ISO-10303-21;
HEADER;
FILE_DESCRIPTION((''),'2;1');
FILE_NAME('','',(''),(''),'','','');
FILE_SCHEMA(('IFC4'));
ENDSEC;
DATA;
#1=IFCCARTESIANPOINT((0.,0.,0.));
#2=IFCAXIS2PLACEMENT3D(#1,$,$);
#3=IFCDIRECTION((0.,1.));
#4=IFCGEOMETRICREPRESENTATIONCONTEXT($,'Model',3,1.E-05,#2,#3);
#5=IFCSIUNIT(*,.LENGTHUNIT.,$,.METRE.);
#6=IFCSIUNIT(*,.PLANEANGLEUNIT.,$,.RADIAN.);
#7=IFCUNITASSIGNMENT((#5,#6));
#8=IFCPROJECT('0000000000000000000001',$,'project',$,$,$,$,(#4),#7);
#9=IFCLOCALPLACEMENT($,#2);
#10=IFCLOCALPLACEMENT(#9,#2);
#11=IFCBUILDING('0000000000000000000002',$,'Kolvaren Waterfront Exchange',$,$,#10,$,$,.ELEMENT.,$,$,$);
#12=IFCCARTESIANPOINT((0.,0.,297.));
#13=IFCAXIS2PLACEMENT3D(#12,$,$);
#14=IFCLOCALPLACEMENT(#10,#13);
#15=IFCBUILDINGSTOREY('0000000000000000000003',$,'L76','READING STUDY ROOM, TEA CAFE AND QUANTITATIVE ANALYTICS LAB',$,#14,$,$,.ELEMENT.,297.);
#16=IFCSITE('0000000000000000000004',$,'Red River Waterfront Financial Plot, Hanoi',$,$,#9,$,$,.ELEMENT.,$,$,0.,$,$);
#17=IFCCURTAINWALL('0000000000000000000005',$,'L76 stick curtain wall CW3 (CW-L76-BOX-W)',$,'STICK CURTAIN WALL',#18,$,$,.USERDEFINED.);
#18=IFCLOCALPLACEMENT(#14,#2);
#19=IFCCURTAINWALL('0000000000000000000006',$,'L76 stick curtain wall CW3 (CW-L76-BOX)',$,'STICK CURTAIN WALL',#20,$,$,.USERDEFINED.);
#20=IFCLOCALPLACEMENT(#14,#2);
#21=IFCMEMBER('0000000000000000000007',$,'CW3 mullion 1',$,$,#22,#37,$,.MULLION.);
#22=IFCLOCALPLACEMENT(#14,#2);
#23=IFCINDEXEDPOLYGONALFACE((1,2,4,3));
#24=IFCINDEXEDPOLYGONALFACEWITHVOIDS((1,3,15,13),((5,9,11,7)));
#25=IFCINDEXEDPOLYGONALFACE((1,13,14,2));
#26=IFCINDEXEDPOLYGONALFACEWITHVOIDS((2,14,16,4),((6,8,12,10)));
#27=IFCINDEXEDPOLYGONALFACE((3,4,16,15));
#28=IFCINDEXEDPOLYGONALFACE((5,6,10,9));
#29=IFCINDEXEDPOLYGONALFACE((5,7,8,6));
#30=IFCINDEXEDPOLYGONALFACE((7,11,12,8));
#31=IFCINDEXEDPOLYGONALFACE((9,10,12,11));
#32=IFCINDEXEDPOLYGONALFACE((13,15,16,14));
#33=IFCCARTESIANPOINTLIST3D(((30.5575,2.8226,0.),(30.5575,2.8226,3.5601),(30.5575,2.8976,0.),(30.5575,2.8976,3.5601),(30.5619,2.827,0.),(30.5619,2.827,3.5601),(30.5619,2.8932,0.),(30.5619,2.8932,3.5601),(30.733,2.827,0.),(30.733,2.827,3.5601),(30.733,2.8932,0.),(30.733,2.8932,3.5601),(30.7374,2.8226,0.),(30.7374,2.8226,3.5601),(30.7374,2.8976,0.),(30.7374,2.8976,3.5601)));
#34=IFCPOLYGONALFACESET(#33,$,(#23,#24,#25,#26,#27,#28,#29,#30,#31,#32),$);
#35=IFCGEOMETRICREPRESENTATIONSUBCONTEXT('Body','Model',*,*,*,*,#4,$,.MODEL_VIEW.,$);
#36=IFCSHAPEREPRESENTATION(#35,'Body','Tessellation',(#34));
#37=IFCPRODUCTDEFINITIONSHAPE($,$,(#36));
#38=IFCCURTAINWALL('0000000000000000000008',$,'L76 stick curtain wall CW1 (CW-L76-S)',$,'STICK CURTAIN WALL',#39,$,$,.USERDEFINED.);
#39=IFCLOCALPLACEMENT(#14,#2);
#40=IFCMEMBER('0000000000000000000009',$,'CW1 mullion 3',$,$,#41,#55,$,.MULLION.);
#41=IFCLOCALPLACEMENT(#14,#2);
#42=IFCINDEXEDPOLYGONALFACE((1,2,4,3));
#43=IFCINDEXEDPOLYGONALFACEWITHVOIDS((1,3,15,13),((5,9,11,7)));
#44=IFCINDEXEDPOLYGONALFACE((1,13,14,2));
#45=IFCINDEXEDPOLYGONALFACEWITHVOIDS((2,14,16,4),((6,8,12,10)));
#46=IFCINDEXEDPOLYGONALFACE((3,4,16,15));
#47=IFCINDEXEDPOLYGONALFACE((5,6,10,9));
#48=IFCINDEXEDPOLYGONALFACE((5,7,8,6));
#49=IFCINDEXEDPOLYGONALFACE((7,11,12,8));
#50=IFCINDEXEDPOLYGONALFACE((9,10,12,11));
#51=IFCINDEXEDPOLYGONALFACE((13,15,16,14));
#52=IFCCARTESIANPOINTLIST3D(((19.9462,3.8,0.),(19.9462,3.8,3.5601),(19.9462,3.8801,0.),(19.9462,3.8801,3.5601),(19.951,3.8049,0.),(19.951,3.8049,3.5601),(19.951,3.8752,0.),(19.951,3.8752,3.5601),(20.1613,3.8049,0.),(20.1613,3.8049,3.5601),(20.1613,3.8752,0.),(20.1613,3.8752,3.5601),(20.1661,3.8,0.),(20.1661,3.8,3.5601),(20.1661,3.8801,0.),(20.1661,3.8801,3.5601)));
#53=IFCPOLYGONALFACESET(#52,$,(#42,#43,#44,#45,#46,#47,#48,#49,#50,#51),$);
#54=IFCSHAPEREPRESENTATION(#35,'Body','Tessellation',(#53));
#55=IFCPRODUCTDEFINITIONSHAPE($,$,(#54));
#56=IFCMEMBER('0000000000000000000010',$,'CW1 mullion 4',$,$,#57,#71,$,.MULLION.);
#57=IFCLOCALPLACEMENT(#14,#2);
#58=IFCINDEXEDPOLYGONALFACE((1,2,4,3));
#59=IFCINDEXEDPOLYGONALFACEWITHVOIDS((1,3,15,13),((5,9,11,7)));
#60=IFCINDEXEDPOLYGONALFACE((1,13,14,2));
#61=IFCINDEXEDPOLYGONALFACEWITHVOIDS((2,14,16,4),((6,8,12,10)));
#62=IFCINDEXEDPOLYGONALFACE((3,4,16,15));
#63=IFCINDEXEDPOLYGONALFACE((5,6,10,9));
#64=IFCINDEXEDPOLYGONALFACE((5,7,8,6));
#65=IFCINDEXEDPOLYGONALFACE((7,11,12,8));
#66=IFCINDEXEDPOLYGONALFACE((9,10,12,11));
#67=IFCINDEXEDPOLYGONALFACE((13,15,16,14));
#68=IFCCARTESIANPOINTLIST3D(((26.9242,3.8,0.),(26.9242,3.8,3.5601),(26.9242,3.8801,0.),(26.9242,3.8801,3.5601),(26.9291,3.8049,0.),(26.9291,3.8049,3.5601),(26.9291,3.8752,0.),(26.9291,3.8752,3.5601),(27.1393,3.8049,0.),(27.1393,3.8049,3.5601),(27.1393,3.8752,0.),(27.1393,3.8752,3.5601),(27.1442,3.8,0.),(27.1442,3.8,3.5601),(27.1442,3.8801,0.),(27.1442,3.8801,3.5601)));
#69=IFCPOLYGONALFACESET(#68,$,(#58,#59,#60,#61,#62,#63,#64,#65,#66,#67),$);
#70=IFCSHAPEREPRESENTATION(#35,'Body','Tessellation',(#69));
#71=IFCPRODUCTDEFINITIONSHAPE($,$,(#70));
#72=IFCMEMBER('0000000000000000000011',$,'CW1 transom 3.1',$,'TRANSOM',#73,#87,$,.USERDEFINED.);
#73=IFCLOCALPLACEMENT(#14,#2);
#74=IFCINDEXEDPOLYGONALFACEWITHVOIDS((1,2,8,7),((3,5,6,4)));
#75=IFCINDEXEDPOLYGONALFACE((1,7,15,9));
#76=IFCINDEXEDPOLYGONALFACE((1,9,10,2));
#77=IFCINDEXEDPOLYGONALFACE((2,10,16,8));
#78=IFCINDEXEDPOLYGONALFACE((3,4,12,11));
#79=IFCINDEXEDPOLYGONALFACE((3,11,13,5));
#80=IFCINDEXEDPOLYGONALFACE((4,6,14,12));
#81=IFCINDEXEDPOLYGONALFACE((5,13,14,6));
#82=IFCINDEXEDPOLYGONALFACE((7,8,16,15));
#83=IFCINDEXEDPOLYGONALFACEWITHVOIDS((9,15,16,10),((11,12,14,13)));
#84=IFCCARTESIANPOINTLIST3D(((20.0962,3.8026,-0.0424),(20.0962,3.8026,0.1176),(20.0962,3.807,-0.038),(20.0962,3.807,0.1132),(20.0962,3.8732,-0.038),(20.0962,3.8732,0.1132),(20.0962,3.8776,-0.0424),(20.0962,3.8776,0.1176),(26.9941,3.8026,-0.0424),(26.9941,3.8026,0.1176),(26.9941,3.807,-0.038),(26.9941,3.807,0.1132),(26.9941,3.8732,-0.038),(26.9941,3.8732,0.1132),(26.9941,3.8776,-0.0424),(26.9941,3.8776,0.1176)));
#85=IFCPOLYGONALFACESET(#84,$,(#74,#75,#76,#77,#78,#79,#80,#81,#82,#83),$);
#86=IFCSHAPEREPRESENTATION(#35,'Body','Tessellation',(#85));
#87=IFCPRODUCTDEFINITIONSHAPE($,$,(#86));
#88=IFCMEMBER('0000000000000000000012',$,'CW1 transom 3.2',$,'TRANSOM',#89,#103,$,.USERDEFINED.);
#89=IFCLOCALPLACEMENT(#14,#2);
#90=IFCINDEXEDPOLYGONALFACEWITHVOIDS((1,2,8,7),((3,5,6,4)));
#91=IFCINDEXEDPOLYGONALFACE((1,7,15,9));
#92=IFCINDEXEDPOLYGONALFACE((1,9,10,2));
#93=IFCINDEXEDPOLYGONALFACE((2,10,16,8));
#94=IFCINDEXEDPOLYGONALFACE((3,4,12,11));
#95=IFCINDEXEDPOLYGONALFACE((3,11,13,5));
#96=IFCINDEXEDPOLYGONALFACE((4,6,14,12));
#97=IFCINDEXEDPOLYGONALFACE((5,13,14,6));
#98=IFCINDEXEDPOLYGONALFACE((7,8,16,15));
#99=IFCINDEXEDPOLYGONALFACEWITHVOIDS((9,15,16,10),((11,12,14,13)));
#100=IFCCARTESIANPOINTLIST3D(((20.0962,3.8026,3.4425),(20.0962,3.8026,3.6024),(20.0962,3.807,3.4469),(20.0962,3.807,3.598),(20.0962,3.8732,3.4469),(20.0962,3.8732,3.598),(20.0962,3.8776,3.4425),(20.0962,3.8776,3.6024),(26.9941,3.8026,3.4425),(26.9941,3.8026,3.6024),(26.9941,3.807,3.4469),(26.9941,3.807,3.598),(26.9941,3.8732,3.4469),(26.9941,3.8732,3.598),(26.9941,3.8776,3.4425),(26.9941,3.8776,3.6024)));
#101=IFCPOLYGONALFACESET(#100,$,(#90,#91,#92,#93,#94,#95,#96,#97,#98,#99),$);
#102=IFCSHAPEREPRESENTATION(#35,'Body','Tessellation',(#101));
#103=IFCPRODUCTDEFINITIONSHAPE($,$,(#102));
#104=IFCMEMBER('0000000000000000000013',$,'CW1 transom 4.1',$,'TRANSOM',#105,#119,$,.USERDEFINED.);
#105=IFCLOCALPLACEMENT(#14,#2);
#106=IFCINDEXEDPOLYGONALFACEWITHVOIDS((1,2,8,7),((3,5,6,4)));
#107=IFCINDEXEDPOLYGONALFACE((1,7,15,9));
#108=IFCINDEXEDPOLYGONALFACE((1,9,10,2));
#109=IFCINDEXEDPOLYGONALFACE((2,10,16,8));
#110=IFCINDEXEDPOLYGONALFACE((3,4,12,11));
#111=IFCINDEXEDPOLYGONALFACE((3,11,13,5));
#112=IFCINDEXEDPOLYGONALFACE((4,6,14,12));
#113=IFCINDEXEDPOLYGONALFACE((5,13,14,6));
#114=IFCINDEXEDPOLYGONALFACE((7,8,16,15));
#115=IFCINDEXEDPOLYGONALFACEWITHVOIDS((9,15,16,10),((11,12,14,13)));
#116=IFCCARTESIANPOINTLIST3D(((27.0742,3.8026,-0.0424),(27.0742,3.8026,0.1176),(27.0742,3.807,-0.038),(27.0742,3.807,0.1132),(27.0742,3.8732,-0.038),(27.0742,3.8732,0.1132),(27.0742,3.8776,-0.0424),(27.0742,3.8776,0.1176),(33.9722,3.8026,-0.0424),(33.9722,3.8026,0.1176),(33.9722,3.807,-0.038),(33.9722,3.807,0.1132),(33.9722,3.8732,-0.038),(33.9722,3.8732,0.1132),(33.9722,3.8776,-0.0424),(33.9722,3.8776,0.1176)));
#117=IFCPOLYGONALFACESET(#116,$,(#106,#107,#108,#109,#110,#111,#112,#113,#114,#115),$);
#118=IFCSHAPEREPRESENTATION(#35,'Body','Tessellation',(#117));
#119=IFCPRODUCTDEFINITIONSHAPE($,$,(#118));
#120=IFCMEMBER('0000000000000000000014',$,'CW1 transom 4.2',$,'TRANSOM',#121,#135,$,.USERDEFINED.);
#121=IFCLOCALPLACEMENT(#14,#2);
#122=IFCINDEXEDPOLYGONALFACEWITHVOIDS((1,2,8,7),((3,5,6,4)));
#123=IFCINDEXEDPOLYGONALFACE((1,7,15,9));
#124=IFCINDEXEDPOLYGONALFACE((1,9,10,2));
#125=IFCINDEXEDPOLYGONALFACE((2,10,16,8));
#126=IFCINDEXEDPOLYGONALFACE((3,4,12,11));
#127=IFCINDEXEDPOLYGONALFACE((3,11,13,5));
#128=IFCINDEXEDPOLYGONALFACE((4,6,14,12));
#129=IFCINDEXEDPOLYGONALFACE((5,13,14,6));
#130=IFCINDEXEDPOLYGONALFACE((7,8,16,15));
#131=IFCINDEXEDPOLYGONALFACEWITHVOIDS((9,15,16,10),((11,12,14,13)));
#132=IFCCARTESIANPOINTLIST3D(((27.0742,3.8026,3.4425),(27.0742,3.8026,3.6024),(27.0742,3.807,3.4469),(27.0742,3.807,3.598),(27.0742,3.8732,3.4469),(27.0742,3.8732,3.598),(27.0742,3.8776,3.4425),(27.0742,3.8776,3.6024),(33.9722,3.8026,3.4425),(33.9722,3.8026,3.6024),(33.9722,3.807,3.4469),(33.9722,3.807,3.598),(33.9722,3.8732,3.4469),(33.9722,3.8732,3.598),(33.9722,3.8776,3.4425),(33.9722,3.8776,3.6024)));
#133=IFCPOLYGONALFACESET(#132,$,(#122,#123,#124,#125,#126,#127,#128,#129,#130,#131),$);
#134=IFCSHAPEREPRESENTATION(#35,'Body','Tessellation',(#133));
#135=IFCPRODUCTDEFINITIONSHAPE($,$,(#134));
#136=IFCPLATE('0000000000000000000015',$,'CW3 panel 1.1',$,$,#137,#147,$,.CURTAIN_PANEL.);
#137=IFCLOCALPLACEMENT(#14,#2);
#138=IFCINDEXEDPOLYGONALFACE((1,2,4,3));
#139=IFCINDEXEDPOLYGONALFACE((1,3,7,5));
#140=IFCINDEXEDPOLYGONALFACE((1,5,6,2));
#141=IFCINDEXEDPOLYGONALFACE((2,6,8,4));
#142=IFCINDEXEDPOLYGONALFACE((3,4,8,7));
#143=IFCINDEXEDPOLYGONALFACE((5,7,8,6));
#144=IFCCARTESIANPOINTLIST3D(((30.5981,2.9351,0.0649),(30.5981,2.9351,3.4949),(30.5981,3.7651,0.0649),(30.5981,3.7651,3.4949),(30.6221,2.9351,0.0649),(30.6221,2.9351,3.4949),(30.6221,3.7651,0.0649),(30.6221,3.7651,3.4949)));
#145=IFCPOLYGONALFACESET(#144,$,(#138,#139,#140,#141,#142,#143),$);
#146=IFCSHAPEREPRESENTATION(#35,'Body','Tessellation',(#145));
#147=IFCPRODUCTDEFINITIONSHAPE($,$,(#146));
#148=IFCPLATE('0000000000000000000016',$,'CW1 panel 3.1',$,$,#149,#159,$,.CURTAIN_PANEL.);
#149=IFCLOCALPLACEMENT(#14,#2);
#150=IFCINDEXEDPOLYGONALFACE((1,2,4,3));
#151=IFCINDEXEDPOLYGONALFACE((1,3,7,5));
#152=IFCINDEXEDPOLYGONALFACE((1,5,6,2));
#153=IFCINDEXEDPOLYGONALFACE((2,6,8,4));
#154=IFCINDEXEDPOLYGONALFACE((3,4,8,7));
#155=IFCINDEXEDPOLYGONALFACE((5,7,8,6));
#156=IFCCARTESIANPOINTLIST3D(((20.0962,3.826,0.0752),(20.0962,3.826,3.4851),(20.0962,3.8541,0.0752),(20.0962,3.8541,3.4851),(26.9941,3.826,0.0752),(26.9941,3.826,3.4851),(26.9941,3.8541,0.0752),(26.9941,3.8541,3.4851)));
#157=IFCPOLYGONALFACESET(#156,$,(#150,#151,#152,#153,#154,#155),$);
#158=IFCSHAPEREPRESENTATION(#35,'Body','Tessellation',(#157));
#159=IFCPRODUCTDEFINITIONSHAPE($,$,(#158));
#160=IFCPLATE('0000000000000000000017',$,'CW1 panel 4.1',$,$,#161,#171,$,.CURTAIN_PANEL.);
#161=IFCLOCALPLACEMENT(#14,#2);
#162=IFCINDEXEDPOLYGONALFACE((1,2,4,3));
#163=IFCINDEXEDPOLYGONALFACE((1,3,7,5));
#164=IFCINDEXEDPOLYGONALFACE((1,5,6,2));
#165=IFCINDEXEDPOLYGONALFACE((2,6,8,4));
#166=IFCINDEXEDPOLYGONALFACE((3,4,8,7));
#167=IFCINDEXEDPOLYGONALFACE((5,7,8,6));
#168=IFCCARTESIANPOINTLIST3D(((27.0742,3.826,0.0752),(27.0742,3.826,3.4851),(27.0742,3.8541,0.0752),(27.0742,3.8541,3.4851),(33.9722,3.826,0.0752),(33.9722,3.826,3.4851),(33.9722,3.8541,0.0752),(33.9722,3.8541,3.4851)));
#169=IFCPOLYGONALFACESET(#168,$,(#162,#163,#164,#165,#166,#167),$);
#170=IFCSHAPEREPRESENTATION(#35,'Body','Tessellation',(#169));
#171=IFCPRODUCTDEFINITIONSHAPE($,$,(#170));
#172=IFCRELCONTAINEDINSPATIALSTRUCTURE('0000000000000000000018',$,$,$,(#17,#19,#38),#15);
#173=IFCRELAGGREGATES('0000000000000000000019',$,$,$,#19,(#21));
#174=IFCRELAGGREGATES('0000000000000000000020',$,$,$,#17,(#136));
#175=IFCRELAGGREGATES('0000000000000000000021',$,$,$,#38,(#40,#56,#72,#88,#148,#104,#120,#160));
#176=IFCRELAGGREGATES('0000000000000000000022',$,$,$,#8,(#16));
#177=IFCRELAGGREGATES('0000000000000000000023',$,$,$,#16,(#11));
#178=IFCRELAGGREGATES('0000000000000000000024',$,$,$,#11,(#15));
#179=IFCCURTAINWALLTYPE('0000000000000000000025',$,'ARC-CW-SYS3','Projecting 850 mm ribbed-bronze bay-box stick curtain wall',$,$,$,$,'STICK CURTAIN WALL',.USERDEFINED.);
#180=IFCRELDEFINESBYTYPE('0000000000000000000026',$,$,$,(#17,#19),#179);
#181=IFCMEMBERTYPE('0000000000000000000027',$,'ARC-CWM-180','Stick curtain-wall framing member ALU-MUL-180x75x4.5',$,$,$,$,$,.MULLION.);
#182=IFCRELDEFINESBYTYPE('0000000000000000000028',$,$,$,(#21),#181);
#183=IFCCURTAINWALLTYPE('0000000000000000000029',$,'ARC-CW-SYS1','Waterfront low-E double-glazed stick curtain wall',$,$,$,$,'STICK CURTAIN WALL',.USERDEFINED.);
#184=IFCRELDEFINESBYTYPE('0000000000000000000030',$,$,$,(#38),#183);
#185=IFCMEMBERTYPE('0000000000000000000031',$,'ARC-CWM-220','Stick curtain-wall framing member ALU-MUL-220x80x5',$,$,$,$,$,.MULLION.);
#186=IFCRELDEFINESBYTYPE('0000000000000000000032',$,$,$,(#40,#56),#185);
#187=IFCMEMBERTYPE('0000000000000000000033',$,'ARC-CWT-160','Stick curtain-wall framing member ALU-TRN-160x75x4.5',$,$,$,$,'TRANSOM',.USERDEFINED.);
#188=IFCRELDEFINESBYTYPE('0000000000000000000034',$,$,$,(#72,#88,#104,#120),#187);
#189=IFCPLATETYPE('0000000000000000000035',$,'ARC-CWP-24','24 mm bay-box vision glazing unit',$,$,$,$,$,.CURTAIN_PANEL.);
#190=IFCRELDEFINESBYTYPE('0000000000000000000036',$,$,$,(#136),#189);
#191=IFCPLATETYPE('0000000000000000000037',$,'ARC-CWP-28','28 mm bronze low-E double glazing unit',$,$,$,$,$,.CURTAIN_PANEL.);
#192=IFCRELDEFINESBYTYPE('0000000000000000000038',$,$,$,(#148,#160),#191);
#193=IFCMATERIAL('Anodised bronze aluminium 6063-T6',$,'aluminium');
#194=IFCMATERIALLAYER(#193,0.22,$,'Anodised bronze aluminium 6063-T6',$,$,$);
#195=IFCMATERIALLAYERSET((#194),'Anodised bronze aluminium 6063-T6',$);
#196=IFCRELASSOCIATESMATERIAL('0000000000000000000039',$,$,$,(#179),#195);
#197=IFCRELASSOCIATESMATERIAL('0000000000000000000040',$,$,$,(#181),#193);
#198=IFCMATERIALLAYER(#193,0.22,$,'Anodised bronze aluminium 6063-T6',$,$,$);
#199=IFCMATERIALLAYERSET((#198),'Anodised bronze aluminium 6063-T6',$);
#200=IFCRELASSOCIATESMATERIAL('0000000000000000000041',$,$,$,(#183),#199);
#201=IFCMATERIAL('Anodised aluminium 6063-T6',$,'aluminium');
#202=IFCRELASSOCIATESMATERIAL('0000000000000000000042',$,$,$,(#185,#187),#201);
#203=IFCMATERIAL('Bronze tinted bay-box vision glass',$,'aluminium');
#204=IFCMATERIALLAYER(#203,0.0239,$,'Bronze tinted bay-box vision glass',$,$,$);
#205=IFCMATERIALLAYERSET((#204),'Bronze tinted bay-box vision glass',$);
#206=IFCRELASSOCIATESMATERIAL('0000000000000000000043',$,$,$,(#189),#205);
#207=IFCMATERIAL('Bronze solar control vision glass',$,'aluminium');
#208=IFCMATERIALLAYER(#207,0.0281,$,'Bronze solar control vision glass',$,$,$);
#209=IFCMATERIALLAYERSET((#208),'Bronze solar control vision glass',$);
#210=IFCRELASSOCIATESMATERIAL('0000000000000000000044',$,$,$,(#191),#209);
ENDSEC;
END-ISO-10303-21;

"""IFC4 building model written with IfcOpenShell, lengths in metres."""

from ifc_helpers import new_model, si_unit, direction, frame, origin, origin_with_axes, origin_2d, place, context, subcontext, project, spatial, rectangle, hollow_rectangle, extrude, source, transform, mapped, material, layer, layer_set, material_profile, profile_set, type_object, element, aggregate, save


model = new_model("IFC4")

# Units and contexts
model_context = context("Model", 3, precision=1e-05, world=origin(), true_north=direction((0.0, 1.0)))
body_context = subcontext(model_context, "Body", "Model", "MODEL_VIEW")
ifc_project = project(units=[si_unit("LENGTHUNIT", "METRE"), si_unit("PLANEANGLEUNIT", "RADIAN")], contexts=[model_context])

# Site, building, storey
site_placement = place(None, origin())
site = spatial("IfcSite", under=ifc_project, at=site_placement, Name="Red River Waterfront Financial Plot, Hanoi", CompositionType="ELEMENT", RefElevation=0.0)
building_placement = place(site_placement, origin())
building = spatial("IfcBuilding", under=site, at=building_placement, Name="Kolvaren Waterfront Exchange", CompositionType="ELEMENT")
storey_placement = place(building_placement, frame((0.0, 0.0, 297.0)))
storey = spatial("IfcBuildingStorey", under=building, at=storey_placement, Name="L76", Description="READING STUDY ROOM, TEA CAFE AND QUANTITATIVE ANALYTICS LAB", CompositionType="ELEMENT", Elevation=297.0)

# Curtain wall
ifc_material_1 = material(Name="Anodised bronze aluminium 6063-T6", Category="aluminium")
ifc_layer_1 = layer(ifc_material_1, 0.22, Name="Anodised bronze aluminium 6063-T6")
ifc_layer_set_1 = layer_set([ifc_layer_1], Name="Anodised bronze aluminium 6063-T6")
curtain_wall_type_1 = type_object("IfcCurtainWallType", Name="ARC-CW-SYS3", Description="Projecting 850 mm ribbed-bronze bay-box stick curtain wall", ElementType="STICK CURTAIN WALL", PredefinedType="USERDEFINED", material=ifc_layer_set_1)
curtain_wall_1_placement = place(storey_placement, origin())
curtain_wall_1 = element("IfcCurtainWall", 1, at=curtain_wall_1_placement, inside=storey, type_object=curtain_wall_type_1, Name="L76 stick curtain wall CW3 (CW-L76-BOX-W)", ObjectType="STICK CURTAIN WALL", PredefinedType="USERDEFINED")
ifc_material_profile_1 = material_profile(ifc_material_1, hollow_rectangle(XDim=0.075, YDim=0.1799, WallThickness=0.0044, at=origin_2d()), Name="ALU-MUL-180x75x4.5")
ifc_profile_set_1 = profile_set([ifc_material_profile_1], Name="Anodised bronze aluminium 6063-T6")
member_type_1 = type_object("IfcMemberType", Name="ARC-CWM-180", Description="Stick curtain-wall framing member ALU-MUL-180x75x4.5", PredefinedType="MULLION", material=ifc_profile_set_1)
shared_shape_1 = source(origin_with_axes(), body_context, "Body", "SweptSolid", [
    extrude(hollow_rectangle(XDim=0.075, YDim=0.1799, WallThickness=0.0044, at=origin_2d()), origin(), (0.0, 0.0, 1.0), 3.5601),
])

# Curtain wall, member
curtain_wall_2_placement = place(storey_placement, origin())
curtain_wall_2 = element("IfcCurtainWall", 2, at=curtain_wall_2_placement, inside=storey, type_object=curtain_wall_type_1, Name="L76 stick curtain wall CW3 (CW-L76-BOX)", ObjectType="STICK CURTAIN WALL", PredefinedType="USERDEFINED")
member_1_placement = place(storey_placement, frame((30.6475, 2.8601, 0.0), z_axis=(0.0, 0.0, 1.0), x_axis=(0.0, 1.0, 0.0)))
member_1 = element("IfcMember", 3, at=member_1_placement, type_object=member_type_1, Name="CW3 mullion 1", PredefinedType="MULLION", context=body_context, shape_type="MappedRepresentation", body=[
    mapped(shared_shape_1, transform((0.0, 0.0, 0.0), x_axis=(1.0, 0.0, 0.0), y_axis=(0.0, 1.0, 0.0), z_axis=(0.0, 0.0, 1.0), scale=1.0)),
])
aggregate(curtain_wall_2, [member_1])

# Curtain wall, members
ifc_layer_2 = layer(ifc_material_1, 0.22, Name="Anodised bronze aluminium 6063-T6")
ifc_layer_set_2 = layer_set([ifc_layer_2], Name="Anodised bronze aluminium 6063-T6")
curtain_wall_type_2 = type_object("IfcCurtainWallType", Name="ARC-CW-SYS1", Description="Waterfront low-E double-glazed stick curtain wall", ElementType="STICK CURTAIN WALL", PredefinedType="USERDEFINED", material=ifc_layer_set_2)
curtain_wall_3_placement = place(storey_placement, origin())
curtain_wall_3 = element("IfcCurtainWall", 4, at=curtain_wall_3_placement, inside=storey, type_object=curtain_wall_type_2, Name="L76 stick curtain wall CW1 (CW-L76-S)", ObjectType="STICK CURTAIN WALL", PredefinedType="USERDEFINED")
ifc_material_2 = material(Name="Anodised aluminium 6063-T6", Category="aluminium")
ifc_material_profile_2 = material_profile(ifc_material_2, hollow_rectangle(XDim=0.0801, YDim=0.22, WallThickness=0.0049, at=origin_2d()), Name="ALU-MUL-220x80x5")
ifc_profile_set_2 = profile_set([ifc_material_profile_2], Name="Anodised aluminium 6063-T6")
member_type_2 = type_object("IfcMemberType", Name="ARC-CWM-220", Description="Stick curtain-wall framing member ALU-MUL-220x80x5", PredefinedType="MULLION", material=ifc_profile_set_2)
shared_shape_2 = source(origin_with_axes(), body_context, "Body", "SweptSolid", [
    extrude(hollow_rectangle(XDim=0.0801, YDim=0.22, WallThickness=0.0049, at=origin_2d()), origin(), (0.0, 0.0, 1.0), 3.5601),
])
member_2_placement = place(storey_placement, frame((20.0562, 3.8401, 0.0), z_axis=(0.0, 0.0, 1.0), x_axis=(0.0, 1.0, 0.0)))
member_2 = element("IfcMember", 5, at=member_2_placement, type_object=member_type_2, Name="CW1 mullion 3", PredefinedType="MULLION", context=body_context, shape_type="MappedRepresentation", body=[
    mapped(shared_shape_2, transform((0.0, 0.0, 0.0), x_axis=(1.0, 0.0, 0.0), y_axis=(0.0, 1.0, 0.0), z_axis=(0.0, 0.0, 1.0), scale=1.0)),
])
member_3_placement = place(storey_placement, frame((27.0342, 3.8401, 0.0), z_axis=(0.0, 0.0, 1.0), x_axis=(0.0, 1.0, 0.0)))
member_3 = element("IfcMember", 6, at=member_3_placement, type_object=member_type_2, Name="CW1 mullion 4", PredefinedType="MULLION", context=body_context, shape_type="MappedRepresentation", body=[
    mapped(shared_shape_2, transform((0.0, 0.0, 0.0), x_axis=(1.0, 0.0, 0.0), y_axis=(0.0, 1.0, 0.0), z_axis=(0.0, 0.0, 1.0), scale=1.0)),
])
ifc_material_profile_3 = material_profile(ifc_material_2, hollow_rectangle(XDim=0.075, YDim=0.1599, WallThickness=0.0044, at=origin_2d()), Name="ALU-TRN-160x75x4.5")
ifc_profile_set_3 = profile_set([ifc_material_profile_3], Name="Anodised aluminium 6063-T6")
member_type_3 = type_object("IfcMemberType", Name="ARC-CWT-160", Description="Stick curtain-wall framing member ALU-TRN-160x75x4.5", ElementType="TRANSOM", PredefinedType="USERDEFINED", material=ifc_profile_set_3)
shared_shape_3 = source(origin_with_axes(), body_context, "Body", "SweptSolid", [
    extrude(hollow_rectangle(XDim=0.075, YDim=0.1599, WallThickness=0.0044, at=origin_2d()), origin(), (0.0, 0.0, 1.0), 6.8979),
])
member_4_placement = place(storey_placement, frame((20.0962, 3.8401, 0.0376), z_axis=(1.0, 0.0, 0.0), x_axis=(0.0, 1.0, 0.0)))
member_4 = element("IfcMember", 7, at=member_4_placement, type_object=member_type_3, Name="CW1 transom 3.1", ObjectType="TRANSOM", PredefinedType="USERDEFINED", context=body_context, shape_type="MappedRepresentation", body=[
    mapped(shared_shape_3, transform((0.0, 0.0, 0.0), x_axis=(1.0, 0.0, 0.0), y_axis=(0.0, 1.0, 0.0), z_axis=(0.0, 0.0, 1.0), scale=1.0)),
])
member_5_placement = place(storey_placement, frame((20.0962, 3.8401, 3.5225), z_axis=(1.0, 0.0, 0.0), x_axis=(0.0, 1.0, 0.0)))
member_5 = element("IfcMember", 8, at=member_5_placement, type_object=member_type_3, Name="CW1 transom 3.2", ObjectType="TRANSOM", PredefinedType="USERDEFINED", context=body_context, shape_type="MappedRepresentation", body=[
    mapped(shared_shape_3, transform((0.0, 0.0, 0.0), x_axis=(1.0, 0.0, 0.0), y_axis=(0.0, 1.0, 0.0), z_axis=(0.0, 0.0, 1.0), scale=1.0)),
])
member_6_placement = place(storey_placement, frame((27.0742, 3.8401, 0.0376), z_axis=(1.0, 0.0, 0.0), x_axis=(0.0, 1.0, 0.0)))
member_6 = element("IfcMember", 9, at=member_6_placement, type_object=member_type_3, Name="CW1 transom 4.1", ObjectType="TRANSOM", PredefinedType="USERDEFINED", context=body_context, shape_type="MappedRepresentation", body=[
    mapped(shared_shape_3, transform((0.0, 0.0, 0.0), x_axis=(1.0, 0.0, 0.0), y_axis=(0.0, 1.0, 0.0), z_axis=(0.0, 0.0, 1.0), scale=1.0)),
])
member_7_placement = place(storey_placement, frame((27.0742, 3.8401, 3.5225), z_axis=(1.0, 0.0, 0.0), x_axis=(0.0, 1.0, 0.0)))
member_7 = element("IfcMember", 10, at=member_7_placement, type_object=member_type_3, Name="CW1 transom 4.2", ObjectType="TRANSOM", PredefinedType="USERDEFINED", context=body_context, shape_type="MappedRepresentation", body=[
    mapped(shared_shape_3, transform((0.0, 0.0, 0.0), x_axis=(1.0, 0.0, 0.0), y_axis=(0.0, 1.0, 0.0), z_axis=(0.0, 0.0, 1.0), scale=1.0)),
])

# Plates
ifc_material_3 = material(Name="Bronze tinted bay-box vision glass", Category="aluminium")
ifc_layer_3 = layer(ifc_material_3, 0.0239, Name="Bronze tinted bay-box vision glass")
ifc_layer_set_3 = layer_set([ifc_layer_3], Name="Bronze tinted bay-box vision glass")
plate_type_1 = type_object("IfcPlateType", Name="ARC-CWP-24", Description="24 mm bay-box vision glazing unit", PredefinedType="CURTAIN_PANEL", material=ifc_layer_set_3)
shared_shape_4 = source(origin_with_axes(), body_context, "Body", "SweptSolid", [
    extrude(rectangle(XDim=0.8301, YDim=0.0239, at=origin_2d()), origin(), (0.0, 0.0, 1.0), 3.4299),
])
plate_1_placement = place(storey_placement, frame((30.6101, 3.3501, 0.0649), z_axis=(0.0, 0.0, 1.0), x_axis=(0.0, -1.0, 0.0)))
plate_1 = element("IfcPlate", 11, at=plate_1_placement, type_object=plate_type_1, Name="CW3 panel 1.1", PredefinedType="CURTAIN_PANEL", context=body_context, shape_type="MappedRepresentation", body=[
    mapped(shared_shape_4, transform((0.0, 0.0, 0.0), x_axis=(1.0, 0.0, 0.0), y_axis=(0.0, 1.0, 0.0), z_axis=(0.0, 0.0, 1.0), scale=1.0)),
])
aggregate(curtain_wall_1, [plate_1])
ifc_material_4 = material(Name="Bronze solar control vision glass", Category="aluminium")
ifc_layer_4 = layer(ifc_material_4, 0.0281, Name="Bronze solar control vision glass")
ifc_layer_set_4 = layer_set([ifc_layer_4], Name="Bronze solar control vision glass")
plate_type_2 = type_object("IfcPlateType", Name="ARC-CWP-28", Description="28 mm bronze low-E double glazing unit", PredefinedType="CURTAIN_PANEL", material=ifc_layer_set_4)
shared_shape_5 = source(origin_with_axes(), body_context, "Body", "SweptSolid", [
    extrude(rectangle(XDim=6.8979, YDim=0.0281, at=origin_2d()), origin(), (0.0, 0.0, 1.0), 3.4099),
])
plate_2_placement = place(storey_placement, frame((23.5452, 3.8401, 0.0752), z_axis=(0.0, 0.0, 1.0), x_axis=(1.0, 0.0, 0.0)))
plate_2 = element("IfcPlate", 12, at=plate_2_placement, type_object=plate_type_2, Name="CW1 panel 3.1", PredefinedType="CURTAIN_PANEL", context=body_context, shape_type="MappedRepresentation", body=[
    mapped(shared_shape_5, transform((0.0, 0.0, 0.0), x_axis=(1.0, 0.0, 0.0), y_axis=(0.0, 1.0, 0.0), z_axis=(0.0, 0.0, 1.0), scale=1.0)),
])
plate_3_placement = place(storey_placement, frame((30.5232, 3.8401, 0.0752), z_axis=(0.0, 0.0, 1.0), x_axis=(1.0, 0.0, 0.0)))
plate_3 = element("IfcPlate", 13, at=plate_3_placement, type_object=plate_type_2, Name="CW1 panel 4.1", PredefinedType="CURTAIN_PANEL", context=body_context, shape_type="MappedRepresentation", body=[
    mapped(shared_shape_5, transform((0.0, 0.0, 0.0), x_axis=(1.0, 0.0, 0.0), y_axis=(0.0, 1.0, 0.0), z_axis=(0.0, 0.0, 1.0), scale=1.0)),
])
aggregate(curtain_wall_3, [member_2, member_3, member_4, member_5, plate_2, member_6, member_7, plate_3])

save(model, "model.ifc")
